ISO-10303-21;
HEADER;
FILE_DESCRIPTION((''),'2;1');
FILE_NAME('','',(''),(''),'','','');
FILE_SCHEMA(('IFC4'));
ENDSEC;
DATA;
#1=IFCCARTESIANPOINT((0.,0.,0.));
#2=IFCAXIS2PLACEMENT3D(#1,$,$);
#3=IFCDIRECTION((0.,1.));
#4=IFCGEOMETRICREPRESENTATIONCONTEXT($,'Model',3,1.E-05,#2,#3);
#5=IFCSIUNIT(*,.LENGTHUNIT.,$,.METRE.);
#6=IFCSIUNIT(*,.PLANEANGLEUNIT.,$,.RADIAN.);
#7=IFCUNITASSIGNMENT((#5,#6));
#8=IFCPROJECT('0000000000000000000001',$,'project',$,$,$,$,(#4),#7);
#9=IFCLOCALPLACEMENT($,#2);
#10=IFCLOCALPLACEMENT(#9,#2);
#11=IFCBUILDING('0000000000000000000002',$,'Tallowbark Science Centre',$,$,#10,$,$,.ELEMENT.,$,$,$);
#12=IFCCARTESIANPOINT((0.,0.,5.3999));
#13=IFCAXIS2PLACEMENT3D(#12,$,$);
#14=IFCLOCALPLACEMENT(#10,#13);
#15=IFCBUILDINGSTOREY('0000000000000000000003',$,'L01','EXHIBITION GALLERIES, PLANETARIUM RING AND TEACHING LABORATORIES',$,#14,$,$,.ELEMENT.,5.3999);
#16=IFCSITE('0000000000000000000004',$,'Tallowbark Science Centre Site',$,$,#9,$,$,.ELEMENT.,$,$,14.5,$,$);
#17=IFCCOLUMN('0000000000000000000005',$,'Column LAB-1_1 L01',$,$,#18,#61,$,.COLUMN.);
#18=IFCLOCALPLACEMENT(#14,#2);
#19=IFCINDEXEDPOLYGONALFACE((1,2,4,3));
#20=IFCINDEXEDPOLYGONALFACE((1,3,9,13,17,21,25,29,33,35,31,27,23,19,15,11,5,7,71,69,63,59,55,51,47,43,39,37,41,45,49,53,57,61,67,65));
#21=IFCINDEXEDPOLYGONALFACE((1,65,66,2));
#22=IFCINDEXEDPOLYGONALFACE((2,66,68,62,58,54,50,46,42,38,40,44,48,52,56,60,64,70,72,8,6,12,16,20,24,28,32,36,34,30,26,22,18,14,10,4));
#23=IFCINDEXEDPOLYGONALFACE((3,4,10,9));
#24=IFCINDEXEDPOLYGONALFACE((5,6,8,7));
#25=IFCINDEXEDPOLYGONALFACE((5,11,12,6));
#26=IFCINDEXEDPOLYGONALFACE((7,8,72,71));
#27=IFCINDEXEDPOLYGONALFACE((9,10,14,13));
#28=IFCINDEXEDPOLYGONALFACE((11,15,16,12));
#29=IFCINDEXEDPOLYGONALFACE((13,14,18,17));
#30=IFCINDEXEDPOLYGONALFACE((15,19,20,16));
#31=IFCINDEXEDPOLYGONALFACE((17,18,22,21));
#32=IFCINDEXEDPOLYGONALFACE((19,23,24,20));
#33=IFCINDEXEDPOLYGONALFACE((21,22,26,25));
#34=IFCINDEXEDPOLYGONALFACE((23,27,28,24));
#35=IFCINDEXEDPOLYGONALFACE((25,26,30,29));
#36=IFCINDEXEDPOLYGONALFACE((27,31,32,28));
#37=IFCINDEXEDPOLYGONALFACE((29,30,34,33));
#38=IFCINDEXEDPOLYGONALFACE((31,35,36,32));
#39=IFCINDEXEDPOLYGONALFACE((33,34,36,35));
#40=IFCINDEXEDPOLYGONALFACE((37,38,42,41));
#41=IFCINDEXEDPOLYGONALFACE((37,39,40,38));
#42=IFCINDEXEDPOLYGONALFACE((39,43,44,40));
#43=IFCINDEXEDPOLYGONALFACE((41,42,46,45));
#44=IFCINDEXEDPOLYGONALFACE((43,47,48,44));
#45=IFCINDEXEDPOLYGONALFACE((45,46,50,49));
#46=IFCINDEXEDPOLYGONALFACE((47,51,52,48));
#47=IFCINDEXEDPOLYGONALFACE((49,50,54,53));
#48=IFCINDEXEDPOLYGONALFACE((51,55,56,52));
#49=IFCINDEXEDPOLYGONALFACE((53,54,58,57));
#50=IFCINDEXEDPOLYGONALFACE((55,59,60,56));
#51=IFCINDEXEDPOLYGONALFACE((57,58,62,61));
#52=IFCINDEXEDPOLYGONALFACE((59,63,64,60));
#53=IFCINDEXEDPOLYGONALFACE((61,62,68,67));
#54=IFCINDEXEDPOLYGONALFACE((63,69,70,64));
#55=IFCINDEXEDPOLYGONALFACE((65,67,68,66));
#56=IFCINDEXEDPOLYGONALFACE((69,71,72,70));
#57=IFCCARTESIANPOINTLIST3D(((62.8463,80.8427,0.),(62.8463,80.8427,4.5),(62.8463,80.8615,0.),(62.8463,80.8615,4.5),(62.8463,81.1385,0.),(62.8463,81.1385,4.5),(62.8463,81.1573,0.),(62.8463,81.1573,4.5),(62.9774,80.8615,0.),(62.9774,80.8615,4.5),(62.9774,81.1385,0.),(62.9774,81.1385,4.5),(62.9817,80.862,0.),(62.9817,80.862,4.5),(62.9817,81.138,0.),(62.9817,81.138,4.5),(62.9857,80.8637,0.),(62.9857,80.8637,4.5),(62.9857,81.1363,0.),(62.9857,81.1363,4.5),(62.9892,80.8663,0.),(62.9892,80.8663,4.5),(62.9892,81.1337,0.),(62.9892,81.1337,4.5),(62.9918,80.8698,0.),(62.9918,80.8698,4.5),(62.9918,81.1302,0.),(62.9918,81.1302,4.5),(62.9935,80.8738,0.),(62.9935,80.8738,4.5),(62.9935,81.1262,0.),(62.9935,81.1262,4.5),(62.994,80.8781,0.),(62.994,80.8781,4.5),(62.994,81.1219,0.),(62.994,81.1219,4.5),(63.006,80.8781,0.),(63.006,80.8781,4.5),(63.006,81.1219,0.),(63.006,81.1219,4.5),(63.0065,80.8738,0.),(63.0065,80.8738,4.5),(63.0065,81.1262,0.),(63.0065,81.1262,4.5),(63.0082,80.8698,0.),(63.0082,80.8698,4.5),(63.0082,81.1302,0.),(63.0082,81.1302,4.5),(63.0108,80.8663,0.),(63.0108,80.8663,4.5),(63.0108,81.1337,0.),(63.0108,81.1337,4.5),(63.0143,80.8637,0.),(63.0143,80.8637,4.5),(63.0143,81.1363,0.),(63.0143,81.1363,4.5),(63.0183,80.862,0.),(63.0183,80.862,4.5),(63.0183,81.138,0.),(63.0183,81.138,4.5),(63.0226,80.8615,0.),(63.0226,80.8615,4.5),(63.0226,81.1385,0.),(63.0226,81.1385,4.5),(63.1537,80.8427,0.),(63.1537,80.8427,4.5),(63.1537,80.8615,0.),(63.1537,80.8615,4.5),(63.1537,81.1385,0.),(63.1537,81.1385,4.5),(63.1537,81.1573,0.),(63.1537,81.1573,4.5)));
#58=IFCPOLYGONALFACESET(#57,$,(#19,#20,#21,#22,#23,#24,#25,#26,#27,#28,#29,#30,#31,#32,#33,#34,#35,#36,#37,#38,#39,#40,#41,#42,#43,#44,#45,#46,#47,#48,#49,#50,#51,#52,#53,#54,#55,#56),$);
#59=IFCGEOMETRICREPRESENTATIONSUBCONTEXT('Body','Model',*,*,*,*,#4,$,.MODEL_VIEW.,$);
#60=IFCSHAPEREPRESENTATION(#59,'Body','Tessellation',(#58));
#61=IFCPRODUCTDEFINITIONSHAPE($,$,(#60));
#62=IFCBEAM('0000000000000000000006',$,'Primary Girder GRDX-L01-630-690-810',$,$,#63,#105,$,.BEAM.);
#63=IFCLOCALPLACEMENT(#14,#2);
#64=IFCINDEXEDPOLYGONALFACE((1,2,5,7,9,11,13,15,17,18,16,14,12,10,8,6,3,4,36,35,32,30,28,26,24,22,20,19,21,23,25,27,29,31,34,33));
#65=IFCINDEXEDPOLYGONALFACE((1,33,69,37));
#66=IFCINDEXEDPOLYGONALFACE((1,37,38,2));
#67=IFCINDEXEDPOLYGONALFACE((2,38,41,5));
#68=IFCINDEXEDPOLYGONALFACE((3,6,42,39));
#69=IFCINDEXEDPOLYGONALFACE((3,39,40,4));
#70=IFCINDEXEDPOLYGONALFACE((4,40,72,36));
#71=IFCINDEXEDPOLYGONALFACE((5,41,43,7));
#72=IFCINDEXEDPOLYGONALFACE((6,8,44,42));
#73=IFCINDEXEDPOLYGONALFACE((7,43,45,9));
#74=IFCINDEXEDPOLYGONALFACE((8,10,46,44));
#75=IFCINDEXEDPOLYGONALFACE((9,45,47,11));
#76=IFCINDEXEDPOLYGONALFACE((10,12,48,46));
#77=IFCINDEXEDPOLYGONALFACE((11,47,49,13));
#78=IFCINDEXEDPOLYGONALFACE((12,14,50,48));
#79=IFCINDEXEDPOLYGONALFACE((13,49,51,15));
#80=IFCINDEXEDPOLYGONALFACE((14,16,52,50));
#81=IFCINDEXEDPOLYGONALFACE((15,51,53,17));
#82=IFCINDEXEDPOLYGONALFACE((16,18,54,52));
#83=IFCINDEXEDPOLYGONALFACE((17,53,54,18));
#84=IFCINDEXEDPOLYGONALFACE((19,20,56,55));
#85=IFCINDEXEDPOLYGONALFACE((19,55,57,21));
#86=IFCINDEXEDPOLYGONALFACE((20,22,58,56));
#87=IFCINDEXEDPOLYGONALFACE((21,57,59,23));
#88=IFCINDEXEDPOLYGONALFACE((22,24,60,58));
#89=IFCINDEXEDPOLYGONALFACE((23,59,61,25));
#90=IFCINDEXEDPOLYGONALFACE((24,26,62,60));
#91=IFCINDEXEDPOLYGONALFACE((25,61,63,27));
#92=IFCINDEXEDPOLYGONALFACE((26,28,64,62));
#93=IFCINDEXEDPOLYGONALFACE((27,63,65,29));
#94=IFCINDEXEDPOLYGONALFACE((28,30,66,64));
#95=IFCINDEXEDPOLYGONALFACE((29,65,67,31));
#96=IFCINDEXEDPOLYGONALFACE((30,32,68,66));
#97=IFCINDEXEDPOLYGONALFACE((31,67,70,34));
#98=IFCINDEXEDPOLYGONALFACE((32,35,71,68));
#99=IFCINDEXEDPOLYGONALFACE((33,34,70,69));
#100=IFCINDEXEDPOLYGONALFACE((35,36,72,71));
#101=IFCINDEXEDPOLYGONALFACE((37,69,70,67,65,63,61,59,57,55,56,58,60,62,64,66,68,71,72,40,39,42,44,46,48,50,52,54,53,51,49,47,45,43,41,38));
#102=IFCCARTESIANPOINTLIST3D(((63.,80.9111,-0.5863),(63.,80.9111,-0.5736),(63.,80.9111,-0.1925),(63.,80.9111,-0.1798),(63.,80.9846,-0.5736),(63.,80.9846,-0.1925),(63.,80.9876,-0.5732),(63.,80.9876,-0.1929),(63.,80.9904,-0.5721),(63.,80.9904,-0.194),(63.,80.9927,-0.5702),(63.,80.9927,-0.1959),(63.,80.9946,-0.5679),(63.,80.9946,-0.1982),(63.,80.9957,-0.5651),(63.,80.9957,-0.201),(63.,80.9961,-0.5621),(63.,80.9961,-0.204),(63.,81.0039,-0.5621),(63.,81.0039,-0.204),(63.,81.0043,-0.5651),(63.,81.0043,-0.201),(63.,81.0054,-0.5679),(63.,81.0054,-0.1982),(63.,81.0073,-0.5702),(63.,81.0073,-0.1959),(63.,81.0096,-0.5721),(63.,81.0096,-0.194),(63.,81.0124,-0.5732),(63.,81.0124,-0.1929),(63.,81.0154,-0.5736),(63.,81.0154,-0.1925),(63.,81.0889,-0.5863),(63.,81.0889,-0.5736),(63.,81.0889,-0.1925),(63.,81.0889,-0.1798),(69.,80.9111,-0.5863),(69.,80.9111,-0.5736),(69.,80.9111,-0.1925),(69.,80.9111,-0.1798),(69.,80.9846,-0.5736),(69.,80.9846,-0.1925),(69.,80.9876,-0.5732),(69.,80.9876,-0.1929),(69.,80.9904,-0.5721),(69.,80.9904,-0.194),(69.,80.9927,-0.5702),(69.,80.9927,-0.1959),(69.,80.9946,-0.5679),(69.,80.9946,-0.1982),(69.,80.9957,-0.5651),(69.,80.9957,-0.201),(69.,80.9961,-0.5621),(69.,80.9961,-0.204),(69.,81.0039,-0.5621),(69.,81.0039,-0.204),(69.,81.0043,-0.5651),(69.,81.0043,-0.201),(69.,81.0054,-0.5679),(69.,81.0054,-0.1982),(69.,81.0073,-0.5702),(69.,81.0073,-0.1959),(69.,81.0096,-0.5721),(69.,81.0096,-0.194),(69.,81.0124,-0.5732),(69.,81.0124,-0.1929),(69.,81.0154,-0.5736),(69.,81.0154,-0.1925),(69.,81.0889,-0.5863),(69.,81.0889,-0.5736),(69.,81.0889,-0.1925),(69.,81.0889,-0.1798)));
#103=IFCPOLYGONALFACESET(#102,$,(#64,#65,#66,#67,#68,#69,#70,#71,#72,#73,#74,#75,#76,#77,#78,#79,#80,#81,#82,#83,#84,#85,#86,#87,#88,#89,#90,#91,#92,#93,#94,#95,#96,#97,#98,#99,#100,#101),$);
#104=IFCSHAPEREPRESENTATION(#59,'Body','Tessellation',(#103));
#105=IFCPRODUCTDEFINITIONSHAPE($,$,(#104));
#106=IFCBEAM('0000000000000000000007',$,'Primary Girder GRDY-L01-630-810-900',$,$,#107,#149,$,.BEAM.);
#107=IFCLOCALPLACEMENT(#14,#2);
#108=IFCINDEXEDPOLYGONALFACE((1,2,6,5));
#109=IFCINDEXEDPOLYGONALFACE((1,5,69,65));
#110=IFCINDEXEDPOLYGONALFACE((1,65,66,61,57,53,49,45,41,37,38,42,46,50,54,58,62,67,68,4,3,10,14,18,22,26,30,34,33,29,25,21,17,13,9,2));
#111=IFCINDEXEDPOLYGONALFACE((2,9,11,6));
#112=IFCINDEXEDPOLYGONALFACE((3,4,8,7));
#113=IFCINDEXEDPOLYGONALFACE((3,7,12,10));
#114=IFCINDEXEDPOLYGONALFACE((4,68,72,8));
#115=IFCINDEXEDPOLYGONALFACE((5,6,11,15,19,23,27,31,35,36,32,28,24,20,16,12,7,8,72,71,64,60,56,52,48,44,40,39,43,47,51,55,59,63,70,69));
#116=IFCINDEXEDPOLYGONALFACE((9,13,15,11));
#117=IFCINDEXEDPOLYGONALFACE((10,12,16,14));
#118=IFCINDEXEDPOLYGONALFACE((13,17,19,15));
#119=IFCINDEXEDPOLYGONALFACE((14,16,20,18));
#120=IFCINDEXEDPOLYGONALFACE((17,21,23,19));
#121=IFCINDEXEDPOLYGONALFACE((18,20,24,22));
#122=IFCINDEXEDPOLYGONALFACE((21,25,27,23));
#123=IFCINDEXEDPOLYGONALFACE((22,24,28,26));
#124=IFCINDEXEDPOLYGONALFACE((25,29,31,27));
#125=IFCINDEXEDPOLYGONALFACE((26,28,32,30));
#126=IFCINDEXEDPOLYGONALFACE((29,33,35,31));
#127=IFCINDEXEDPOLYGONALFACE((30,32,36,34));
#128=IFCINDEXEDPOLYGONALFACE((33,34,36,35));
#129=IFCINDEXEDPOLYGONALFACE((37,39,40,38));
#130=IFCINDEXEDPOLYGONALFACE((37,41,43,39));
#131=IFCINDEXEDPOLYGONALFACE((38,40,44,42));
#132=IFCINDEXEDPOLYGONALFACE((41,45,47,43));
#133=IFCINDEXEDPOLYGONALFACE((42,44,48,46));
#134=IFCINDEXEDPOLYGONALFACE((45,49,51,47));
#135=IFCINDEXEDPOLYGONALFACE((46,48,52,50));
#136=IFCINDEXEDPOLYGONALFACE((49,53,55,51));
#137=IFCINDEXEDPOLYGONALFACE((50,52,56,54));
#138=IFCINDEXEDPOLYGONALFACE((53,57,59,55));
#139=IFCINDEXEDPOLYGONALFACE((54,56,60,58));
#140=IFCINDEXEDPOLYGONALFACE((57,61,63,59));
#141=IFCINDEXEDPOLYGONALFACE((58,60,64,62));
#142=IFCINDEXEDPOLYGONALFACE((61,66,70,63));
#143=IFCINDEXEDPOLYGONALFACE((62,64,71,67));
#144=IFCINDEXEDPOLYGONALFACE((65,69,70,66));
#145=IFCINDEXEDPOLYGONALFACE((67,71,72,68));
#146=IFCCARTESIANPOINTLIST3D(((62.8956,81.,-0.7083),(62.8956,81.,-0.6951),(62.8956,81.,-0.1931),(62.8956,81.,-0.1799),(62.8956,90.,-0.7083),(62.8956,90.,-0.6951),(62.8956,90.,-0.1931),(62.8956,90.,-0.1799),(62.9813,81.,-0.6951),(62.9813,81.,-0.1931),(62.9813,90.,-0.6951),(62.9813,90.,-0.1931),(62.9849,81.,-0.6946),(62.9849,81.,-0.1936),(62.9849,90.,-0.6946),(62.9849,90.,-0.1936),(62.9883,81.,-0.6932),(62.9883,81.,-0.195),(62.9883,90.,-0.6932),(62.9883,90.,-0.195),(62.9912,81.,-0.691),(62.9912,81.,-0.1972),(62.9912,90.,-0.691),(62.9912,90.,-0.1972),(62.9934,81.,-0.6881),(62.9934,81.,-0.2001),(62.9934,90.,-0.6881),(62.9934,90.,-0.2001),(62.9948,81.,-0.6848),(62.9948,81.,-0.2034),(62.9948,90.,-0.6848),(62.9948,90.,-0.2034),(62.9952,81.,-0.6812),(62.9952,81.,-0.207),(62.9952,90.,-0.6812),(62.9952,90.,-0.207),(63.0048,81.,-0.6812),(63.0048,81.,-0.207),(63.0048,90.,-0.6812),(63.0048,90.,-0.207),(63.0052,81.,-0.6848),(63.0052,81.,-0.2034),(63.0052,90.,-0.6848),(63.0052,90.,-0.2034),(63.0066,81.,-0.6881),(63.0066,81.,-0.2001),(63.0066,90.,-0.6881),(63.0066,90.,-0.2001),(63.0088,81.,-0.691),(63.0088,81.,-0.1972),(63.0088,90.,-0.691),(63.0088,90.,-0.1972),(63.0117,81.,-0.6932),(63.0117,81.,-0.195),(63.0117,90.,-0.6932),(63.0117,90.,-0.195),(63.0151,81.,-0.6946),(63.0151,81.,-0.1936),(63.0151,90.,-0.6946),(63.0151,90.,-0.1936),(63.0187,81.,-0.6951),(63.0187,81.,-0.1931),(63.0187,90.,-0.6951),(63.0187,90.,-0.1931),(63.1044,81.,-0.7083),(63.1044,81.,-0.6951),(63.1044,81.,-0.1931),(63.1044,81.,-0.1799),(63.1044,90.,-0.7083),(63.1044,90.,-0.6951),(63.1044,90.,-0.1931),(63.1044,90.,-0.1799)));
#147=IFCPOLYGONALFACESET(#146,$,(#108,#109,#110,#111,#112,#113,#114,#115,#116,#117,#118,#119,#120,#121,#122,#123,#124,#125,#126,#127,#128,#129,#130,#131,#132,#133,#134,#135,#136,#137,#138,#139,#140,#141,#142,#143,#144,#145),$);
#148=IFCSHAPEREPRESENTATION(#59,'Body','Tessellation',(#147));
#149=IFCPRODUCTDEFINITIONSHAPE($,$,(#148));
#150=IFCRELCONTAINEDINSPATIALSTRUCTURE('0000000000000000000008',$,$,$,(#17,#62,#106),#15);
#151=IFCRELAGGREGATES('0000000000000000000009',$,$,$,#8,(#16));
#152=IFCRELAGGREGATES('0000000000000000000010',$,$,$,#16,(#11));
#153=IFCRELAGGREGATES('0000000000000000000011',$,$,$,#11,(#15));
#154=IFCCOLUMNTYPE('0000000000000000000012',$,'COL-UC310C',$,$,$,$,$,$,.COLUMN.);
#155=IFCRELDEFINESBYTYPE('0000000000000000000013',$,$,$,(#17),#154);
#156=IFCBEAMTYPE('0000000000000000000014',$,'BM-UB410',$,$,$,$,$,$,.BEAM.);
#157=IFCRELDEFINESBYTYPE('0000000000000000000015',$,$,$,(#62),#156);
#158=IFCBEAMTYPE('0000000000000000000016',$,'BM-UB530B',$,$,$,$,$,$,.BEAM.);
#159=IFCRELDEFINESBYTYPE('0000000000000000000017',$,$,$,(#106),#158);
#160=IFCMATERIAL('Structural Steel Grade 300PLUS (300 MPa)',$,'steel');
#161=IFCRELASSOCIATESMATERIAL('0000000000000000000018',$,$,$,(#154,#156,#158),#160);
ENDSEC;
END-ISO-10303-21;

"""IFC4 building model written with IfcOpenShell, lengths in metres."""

from ifc_helpers import new_model, si_unit, direction, frame, origin, origin_2d, place, context, subcontext, project, spatial, i_section, extrude, material, material_profile, profile_set, type_object, element, save


model = new_model("IFC4")

# Units and contexts
model_context = context("Model", 3, precision=1e-05, world=origin(), true_north=direction((0.0, 1.0)))
body_context = subcontext(model_context, "Body", "Model", "MODEL_VIEW")
ifc_project = project(units=[si_unit("LENGTHUNIT", "METRE"), si_unit("PLANEANGLEUNIT", "RADIAN")], contexts=[model_context])

# Site, building, storey
site_placement = place(None, origin())
site = spatial("IfcSite", under=ifc_project, at=site_placement, Name="Tallowbark Science Centre Site", CompositionType="ELEMENT", RefElevation=14.5)
building_placement = place(site_placement, origin())
building = spatial("IfcBuilding", under=site, at=building_placement, Name="Tallowbark Science Centre", CompositionType="ELEMENT")
storey_placement = place(building_placement, frame((0.0, 0.0, 5.3999)))
storey = spatial("IfcBuildingStorey", under=building, at=storey_placement, Name="L01", Description="EXHIBITION GALLERIES, PLANETARIUM RING AND TEACHING LABORATORIES", CompositionType="ELEMENT", Elevation=5.3999)

# Column
ifc_material_1 = material(Name="Structural Steel Grade 300PLUS (300 MPa)", Category="steel")
ifc_material_profile_1 = material_profile(ifc_material_1, i_section(OverallWidth=0.3074, OverallDepth=0.3147, WebThickness=0.012, FlangeThickness=0.0188, FilletRadius=0.0166, at=origin_2d()), Name="310UC118")
ifc_profile_set_1 = profile_set([ifc_material_profile_1], Name="Structural Steel Grade 300PLUS (300 MPa)")
column_type = type_object("IfcColumnType", Name="COL-UC310C", PredefinedType="COLUMN", material=ifc_profile_set_1)
column_placement = place(storey_placement, frame((63.0, 81.0, 0.0), z_axis=(0.0, 0.0, 1.0), x_axis=(1.0, 0.0, 0.0)))
element("IfcColumn", 1, at=column_placement, inside=storey, type_object=column_type, Name="Column LAB-1_1 L01", PredefinedType="COLUMN", context=body_context, shape_type="SweptSolid", body=[
    extrude(i_section(OverallWidth=0.3074, OverallDepth=0.3147, WebThickness=0.012, FlangeThickness=0.0188, FilletRadius=0.0166, at=origin_2d()), origin(), (0.0, 0.0, 1.0), 4.5),
])

# Beams
ifc_material_profile_2 = material_profile(ifc_material_1, i_section(OverallWidth=0.1777, OverallDepth=0.4065, WebThickness=0.0078, FlangeThickness=0.0127, FilletRadius=0.0115, at=origin_2d()), Name="410UB59.7")
ifc_profile_set_2 = profile_set([ifc_material_profile_2], Name="Structural Steel Grade 300PLUS (300 MPa)")
beam_type_1 = type_object("IfcBeamType", Name="BM-UB410", PredefinedType="BEAM", material=ifc_profile_set_2)
beam_1_placement = place(storey_placement, frame((63.0, 81.0, -0.3831), z_axis=(1.0, 0.0, 0.0), x_axis=(0.0, 1.0, 0.0)))
element("IfcBeam", 2, at=beam_1_placement, inside=storey, type_object=beam_type_1, Name="Primary Girder GRDX-L01-630-690-810", PredefinedType="BEAM", context=body_context, shape_type="SweptSolid", body=[
    extrude(i_section(OverallWidth=0.1777, OverallDepth=0.4065, WebThickness=0.0078, FlangeThickness=0.0127, FilletRadius=0.0115, at=origin_2d()), origin(), (0.0, 0.0, 1.0), 6.0),
])
ifc_material_profile_3 = material_profile(ifc_material_1, i_section(OverallWidth=0.2087, OverallDepth=0.5283, WebThickness=0.0095, FlangeThickness=0.0132, FilletRadius=0.0139, at=origin_2d()), Name="530UB82.0")
ifc_profile_set_3 = profile_set([ifc_material_profile_3], Name="Structural Steel Grade 300PLUS (300 MPa)")
beam_type_2 = type_object("IfcBeamType", Name="BM-UB530B", PredefinedType="BEAM", material=ifc_profile_set_3)
beam_2_placement = place(storey_placement, frame((63.0, 81.0, -0.4441), z_axis=(0.0, 1.0, 0.0), x_axis=(-1.0, 0.0, 0.0)))
element("IfcBeam", 3, at=beam_2_placement, inside=storey, type_object=beam_type_2, Name="Primary Girder GRDY-L01-630-810-900", PredefinedType="BEAM", context=body_context, shape_type="SweptSolid", body=[
    extrude(i_section(OverallWidth=0.2087, OverallDepth=0.5283, WebThickness=0.0095, FlangeThickness=0.0132, FilletRadius=0.0139, at=origin_2d()), origin(), (0.0, 0.0, 1.0), 9.0),
])

save(model, "model.ifc")
